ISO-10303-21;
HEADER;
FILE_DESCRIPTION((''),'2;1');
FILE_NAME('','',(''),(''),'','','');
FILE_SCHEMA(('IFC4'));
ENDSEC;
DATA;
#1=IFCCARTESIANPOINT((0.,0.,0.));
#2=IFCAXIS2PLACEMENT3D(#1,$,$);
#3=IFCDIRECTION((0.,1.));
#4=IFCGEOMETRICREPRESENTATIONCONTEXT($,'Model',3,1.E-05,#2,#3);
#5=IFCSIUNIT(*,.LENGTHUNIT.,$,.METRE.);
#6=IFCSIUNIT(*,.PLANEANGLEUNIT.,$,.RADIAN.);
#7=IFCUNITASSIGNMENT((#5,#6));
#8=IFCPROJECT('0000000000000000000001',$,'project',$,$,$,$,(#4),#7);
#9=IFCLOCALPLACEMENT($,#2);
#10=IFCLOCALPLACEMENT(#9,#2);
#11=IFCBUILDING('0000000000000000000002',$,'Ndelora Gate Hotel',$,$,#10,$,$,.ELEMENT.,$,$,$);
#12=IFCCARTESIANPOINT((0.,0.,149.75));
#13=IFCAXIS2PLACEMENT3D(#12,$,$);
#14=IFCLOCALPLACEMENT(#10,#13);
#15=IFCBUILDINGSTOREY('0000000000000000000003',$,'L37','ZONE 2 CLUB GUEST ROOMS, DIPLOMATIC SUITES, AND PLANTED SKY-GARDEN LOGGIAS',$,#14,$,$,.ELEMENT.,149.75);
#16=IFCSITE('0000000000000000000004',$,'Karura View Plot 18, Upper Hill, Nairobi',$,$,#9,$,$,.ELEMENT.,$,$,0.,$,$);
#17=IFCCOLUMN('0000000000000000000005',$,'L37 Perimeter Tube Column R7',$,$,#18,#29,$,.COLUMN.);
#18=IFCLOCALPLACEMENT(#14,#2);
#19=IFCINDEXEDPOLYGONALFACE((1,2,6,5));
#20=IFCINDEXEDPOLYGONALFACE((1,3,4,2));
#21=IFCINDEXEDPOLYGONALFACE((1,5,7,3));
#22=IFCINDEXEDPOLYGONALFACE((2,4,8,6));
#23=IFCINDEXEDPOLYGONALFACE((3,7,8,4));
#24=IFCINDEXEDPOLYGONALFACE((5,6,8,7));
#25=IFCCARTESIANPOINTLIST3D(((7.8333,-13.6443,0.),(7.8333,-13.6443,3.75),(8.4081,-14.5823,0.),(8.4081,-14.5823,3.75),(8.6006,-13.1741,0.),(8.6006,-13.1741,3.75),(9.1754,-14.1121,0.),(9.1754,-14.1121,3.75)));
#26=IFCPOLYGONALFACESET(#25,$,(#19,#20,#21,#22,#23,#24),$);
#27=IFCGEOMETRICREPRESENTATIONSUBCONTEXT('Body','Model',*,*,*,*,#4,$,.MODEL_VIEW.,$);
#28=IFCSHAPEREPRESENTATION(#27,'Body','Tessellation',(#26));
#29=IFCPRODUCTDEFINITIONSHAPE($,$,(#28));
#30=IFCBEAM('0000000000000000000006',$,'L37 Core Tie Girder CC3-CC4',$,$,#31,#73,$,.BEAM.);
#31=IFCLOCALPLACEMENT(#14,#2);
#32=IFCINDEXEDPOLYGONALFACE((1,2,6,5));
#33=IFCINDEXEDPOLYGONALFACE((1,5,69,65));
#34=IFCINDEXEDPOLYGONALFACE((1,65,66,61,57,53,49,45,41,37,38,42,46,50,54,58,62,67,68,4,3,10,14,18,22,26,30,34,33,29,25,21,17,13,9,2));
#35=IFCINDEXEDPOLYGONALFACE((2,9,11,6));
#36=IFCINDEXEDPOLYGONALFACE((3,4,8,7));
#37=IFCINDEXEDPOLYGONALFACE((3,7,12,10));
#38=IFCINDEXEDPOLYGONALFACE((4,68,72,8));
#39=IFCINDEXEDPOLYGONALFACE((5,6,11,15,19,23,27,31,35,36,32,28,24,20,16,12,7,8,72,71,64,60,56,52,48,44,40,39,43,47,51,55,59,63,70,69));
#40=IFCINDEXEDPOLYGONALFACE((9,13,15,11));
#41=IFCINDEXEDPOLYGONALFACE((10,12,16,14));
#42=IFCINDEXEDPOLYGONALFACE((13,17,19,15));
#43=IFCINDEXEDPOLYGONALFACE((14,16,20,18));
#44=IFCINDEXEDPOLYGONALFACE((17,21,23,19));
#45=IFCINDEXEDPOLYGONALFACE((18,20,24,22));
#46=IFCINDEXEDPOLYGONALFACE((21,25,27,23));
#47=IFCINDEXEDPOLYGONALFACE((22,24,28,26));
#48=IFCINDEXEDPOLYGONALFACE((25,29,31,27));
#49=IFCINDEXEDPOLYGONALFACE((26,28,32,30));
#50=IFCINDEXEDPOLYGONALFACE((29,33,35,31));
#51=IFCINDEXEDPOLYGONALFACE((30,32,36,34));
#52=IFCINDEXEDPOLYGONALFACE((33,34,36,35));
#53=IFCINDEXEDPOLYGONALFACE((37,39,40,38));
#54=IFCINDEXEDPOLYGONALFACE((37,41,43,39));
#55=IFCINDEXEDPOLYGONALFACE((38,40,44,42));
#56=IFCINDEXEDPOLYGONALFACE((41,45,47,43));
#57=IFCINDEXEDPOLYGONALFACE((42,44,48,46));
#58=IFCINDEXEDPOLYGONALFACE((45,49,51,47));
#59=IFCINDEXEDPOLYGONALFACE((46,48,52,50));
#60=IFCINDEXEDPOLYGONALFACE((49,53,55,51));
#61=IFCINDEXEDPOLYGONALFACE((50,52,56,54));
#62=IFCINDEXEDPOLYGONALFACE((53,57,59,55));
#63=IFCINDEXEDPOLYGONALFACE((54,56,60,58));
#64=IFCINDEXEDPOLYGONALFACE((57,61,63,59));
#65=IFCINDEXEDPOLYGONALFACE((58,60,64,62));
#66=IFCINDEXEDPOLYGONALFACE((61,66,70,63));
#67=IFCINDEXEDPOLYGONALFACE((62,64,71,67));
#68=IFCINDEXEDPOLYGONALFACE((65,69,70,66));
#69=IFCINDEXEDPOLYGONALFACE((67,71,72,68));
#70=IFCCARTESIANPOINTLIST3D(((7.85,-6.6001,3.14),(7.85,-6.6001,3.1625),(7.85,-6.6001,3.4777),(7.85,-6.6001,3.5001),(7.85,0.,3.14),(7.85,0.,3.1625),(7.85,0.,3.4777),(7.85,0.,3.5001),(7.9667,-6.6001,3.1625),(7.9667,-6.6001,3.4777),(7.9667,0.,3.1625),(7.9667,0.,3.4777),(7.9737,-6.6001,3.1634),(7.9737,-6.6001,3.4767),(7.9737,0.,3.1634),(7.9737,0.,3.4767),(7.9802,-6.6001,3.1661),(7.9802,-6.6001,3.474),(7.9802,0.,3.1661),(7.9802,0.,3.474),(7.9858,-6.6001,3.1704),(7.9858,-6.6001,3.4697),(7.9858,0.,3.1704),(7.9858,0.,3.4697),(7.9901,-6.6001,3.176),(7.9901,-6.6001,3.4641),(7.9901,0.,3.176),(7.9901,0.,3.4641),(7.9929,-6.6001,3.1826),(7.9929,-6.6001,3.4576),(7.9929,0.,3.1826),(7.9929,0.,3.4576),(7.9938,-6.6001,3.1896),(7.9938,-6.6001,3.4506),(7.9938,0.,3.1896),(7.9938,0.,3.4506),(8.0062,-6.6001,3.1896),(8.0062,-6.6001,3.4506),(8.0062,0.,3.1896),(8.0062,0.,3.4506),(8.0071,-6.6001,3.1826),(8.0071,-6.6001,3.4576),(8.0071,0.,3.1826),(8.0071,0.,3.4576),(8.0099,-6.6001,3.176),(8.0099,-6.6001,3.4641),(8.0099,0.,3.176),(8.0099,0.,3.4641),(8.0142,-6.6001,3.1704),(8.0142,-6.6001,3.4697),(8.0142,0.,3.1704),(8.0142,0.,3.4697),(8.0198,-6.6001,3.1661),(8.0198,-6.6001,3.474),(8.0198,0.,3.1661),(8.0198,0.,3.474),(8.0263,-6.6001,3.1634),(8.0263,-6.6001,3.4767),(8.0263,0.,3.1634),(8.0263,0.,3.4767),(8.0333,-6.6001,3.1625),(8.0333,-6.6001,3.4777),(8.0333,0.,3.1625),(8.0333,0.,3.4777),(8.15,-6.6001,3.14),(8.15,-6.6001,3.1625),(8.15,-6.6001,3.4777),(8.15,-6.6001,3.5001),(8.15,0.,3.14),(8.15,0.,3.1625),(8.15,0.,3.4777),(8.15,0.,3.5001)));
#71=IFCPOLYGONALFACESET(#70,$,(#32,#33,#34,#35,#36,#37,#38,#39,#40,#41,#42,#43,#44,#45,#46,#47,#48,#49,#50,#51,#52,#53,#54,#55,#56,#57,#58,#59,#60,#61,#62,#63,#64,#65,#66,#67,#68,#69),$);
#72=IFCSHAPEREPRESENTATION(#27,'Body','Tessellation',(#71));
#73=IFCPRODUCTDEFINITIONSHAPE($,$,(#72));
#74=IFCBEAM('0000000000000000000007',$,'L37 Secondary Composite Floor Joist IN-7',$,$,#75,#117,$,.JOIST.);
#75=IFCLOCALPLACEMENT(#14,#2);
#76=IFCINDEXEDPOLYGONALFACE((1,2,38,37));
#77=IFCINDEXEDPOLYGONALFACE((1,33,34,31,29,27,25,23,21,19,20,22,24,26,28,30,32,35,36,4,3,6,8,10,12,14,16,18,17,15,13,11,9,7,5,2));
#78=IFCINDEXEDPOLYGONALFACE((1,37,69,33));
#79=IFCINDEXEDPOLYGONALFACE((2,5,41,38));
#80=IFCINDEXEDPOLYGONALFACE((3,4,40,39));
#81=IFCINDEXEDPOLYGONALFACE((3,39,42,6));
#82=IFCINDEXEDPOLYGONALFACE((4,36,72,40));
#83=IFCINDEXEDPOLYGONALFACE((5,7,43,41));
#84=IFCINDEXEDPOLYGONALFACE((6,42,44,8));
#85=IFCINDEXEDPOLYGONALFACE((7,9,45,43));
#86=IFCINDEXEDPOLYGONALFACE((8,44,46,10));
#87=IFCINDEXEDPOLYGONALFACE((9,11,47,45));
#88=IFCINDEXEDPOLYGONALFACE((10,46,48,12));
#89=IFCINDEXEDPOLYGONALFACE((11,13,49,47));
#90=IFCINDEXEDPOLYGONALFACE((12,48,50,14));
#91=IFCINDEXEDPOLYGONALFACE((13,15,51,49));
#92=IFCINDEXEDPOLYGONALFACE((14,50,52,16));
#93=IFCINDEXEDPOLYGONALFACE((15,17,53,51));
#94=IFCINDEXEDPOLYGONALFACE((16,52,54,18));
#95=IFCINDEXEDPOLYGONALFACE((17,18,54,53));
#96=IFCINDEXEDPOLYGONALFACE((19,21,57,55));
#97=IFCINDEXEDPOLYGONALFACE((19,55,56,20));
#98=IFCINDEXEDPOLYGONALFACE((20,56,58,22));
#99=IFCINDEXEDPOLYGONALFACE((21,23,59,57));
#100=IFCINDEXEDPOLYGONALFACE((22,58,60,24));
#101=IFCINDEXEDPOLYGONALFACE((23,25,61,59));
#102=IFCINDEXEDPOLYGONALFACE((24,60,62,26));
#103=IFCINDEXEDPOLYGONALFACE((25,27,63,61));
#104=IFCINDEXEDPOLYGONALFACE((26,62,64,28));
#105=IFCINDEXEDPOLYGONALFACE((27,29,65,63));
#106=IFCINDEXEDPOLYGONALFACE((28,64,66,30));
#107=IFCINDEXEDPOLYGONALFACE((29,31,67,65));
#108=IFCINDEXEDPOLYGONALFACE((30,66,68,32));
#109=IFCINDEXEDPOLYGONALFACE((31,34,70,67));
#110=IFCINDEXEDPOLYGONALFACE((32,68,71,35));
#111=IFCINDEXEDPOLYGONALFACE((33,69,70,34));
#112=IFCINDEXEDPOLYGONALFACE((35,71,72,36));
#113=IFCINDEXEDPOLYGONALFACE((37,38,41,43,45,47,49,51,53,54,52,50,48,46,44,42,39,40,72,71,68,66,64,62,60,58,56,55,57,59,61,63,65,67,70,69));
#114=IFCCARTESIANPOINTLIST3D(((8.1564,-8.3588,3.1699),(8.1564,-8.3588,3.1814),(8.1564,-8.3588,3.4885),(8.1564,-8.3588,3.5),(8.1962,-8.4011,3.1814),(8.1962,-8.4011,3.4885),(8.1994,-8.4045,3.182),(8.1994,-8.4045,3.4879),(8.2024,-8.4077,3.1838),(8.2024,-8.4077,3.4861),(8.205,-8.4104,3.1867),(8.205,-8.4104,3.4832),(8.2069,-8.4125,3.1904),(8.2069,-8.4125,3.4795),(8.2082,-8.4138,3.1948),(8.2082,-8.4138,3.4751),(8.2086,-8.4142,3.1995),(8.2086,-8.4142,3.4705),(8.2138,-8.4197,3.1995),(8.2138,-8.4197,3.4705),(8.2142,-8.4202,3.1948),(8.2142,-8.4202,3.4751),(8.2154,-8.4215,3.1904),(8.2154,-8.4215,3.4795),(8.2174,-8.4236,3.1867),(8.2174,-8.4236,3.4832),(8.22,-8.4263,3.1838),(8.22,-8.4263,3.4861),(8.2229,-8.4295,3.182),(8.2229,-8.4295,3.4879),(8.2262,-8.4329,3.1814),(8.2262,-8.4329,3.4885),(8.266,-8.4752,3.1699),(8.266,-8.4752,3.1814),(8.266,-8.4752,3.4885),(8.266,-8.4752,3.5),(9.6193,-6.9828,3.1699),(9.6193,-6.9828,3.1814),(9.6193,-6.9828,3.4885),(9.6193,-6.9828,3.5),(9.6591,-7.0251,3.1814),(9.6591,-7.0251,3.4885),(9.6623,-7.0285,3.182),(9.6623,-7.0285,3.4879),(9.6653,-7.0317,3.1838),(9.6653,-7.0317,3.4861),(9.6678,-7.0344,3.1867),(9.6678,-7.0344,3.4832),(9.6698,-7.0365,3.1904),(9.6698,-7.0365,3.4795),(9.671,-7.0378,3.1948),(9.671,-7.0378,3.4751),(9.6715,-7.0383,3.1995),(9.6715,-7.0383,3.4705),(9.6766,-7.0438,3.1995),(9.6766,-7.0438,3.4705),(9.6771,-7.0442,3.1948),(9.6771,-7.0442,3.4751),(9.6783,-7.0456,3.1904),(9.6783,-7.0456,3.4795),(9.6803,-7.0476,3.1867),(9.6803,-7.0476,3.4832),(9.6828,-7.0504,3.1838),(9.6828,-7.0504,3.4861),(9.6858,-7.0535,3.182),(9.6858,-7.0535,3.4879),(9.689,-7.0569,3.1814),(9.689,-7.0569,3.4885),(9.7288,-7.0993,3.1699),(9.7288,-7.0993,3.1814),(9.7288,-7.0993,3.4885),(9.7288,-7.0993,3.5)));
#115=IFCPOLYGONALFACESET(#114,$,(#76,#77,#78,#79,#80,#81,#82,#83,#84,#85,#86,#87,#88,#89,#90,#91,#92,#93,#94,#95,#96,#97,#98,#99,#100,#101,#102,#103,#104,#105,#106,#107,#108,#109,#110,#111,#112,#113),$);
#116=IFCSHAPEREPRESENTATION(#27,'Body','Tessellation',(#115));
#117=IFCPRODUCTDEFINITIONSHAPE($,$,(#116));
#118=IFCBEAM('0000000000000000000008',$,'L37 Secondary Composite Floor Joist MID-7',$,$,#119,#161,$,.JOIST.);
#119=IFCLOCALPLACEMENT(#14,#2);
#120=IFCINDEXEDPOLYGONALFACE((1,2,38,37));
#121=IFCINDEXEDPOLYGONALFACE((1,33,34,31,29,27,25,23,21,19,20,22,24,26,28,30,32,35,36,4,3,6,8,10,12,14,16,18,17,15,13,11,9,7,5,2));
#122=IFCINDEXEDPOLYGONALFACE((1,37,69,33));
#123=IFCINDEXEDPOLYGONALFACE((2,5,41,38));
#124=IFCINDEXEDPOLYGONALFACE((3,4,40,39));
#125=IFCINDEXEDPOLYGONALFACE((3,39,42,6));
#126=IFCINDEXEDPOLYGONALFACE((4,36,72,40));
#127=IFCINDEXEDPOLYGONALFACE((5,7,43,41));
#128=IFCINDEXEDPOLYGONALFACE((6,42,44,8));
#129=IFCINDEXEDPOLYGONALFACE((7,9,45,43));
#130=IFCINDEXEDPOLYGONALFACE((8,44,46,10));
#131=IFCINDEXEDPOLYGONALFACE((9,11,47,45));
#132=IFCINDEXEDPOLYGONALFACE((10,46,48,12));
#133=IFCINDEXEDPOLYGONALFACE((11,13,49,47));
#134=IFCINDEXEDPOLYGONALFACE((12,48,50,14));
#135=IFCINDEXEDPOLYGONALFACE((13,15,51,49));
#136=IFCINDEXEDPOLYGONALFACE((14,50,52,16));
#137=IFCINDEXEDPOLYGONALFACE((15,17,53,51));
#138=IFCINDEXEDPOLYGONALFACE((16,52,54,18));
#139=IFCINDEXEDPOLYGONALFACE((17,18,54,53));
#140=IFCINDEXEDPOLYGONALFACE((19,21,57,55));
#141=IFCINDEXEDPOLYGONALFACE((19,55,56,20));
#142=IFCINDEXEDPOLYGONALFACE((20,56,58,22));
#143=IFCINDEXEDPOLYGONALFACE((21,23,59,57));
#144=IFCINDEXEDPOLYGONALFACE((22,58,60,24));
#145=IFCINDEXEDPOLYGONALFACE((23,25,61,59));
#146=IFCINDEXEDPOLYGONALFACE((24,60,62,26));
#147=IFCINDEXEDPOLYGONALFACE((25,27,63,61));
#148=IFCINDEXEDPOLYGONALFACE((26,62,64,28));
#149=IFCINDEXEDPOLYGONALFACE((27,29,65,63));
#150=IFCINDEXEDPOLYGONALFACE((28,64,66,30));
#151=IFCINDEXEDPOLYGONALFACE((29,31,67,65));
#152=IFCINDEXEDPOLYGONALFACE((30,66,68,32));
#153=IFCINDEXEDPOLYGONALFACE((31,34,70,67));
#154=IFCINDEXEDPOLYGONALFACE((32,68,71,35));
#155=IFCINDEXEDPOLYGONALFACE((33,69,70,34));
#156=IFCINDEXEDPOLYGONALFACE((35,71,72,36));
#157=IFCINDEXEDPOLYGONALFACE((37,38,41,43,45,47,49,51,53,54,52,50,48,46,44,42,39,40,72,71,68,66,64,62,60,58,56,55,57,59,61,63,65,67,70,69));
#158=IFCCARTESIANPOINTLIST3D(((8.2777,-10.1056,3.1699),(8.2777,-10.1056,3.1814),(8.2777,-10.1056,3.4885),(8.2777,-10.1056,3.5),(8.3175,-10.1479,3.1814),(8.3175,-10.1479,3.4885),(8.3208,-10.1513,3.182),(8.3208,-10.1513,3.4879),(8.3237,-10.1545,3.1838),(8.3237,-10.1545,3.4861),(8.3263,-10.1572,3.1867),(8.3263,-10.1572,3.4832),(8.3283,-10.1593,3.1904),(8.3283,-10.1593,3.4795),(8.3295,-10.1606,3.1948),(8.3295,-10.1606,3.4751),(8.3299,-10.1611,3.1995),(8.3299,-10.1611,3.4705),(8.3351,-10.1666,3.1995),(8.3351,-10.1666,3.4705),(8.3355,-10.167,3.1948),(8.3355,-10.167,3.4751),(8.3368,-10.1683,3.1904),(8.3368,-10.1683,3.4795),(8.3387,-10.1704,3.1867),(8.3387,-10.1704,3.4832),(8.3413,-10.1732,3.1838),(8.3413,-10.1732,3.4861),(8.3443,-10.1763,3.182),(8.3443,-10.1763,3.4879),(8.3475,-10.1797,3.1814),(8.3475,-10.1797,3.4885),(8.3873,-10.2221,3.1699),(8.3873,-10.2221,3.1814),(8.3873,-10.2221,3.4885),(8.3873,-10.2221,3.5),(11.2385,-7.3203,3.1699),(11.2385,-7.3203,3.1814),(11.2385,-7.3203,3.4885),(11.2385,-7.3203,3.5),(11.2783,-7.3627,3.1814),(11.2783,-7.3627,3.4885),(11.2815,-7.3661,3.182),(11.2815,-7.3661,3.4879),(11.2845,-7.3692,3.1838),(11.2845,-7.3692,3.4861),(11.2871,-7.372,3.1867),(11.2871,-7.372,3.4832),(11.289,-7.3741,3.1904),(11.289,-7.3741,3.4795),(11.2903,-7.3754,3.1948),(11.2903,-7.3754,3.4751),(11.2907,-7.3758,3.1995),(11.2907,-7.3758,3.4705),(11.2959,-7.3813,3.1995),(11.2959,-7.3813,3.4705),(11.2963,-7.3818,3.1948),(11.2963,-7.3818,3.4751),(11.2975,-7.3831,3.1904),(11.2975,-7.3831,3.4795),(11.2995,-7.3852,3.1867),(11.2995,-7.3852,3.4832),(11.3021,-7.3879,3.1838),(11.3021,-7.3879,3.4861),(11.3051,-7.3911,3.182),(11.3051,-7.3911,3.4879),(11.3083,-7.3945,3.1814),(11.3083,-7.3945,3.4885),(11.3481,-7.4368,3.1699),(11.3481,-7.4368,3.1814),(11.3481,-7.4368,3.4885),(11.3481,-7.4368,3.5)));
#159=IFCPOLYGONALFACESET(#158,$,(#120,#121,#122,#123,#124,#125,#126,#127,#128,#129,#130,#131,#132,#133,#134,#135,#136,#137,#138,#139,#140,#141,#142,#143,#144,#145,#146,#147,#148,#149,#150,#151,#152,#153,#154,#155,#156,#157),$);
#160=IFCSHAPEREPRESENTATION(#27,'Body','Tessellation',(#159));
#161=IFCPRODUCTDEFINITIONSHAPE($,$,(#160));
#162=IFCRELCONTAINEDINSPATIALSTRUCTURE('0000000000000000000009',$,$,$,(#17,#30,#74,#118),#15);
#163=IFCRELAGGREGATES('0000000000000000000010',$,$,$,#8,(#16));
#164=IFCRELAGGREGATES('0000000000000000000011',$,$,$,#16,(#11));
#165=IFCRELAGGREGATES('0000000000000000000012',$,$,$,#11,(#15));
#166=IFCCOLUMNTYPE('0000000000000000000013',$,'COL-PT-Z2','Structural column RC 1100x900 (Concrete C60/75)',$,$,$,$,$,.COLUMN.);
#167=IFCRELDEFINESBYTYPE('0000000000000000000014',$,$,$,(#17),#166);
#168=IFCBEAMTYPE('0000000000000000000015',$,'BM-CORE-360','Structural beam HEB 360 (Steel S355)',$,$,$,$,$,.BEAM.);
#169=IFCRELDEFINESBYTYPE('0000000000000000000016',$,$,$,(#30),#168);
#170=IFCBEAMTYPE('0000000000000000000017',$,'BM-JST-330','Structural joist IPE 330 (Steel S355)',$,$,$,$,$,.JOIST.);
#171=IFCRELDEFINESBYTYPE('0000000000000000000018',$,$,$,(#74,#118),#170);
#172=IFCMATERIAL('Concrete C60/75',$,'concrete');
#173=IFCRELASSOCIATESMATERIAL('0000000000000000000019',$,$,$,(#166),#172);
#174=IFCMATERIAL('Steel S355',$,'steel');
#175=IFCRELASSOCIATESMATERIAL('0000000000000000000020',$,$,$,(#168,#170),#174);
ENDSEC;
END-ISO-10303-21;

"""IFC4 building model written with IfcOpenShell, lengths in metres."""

from ifc_helpers import new_model, si_unit, direction, frame, origin, origin_2d, place, context, subcontext, project, spatial, rectangle, i_section, extrude, material, material_profile, profile_set, type_object, element, save


model = new_model("IFC4")

# Units and contexts
model_context = context("Model", 3, precision=1e-05, world=origin(), true_north=direction((0.0, 1.0)))
body_context = subcontext(model_context, "Body", "Model", "MODEL_VIEW")
ifc_project = project(units=[si_unit("LENGTHUNIT", "METRE"), si_unit("PLANEANGLEUNIT", "RADIAN")], contexts=[model_context])

# Site, building, storey
site_placement = place(None, origin())
site = spatial("IfcSite", under=ifc_project, at=site_placement, Name="Karura View Plot 18, Upper Hill, Nairobi", CompositionType="ELEMENT", RefElevation=0.0)
building_placement = place(site_placement, origin())
building = spatial("IfcBuilding", under=site, at=building_placement, Name="Ndelora Gate Hotel", CompositionType="ELEMENT")
storey_placement = place(building_placement, frame((0.0, 0.0, 149.75)))
storey = spatial("IfcBuildingStorey", under=building, at=storey_placement, Name="L37", Description="ZONE 2 CLUB GUEST ROOMS, DIPLOMATIC SUITES, AND PLANTED SKY-GARDEN LOGGIAS", CompositionType="ELEMENT", Elevation=149.75)

# Column
ifc_material_1 = material(Name="Concrete C60/75", Category="concrete")
ifc_material_profile_1 = material_profile(ifc_material_1, rectangle(XDim=0.8999, YDim=1.1001, at=origin_2d()), Name="RC 1100x900")
ifc_profile_set_1 = profile_set([ifc_material_profile_1], Name="Concrete C60/75")
column_type = type_object("IfcColumnType", Name="COL-PT-Z2", Description="Structural column RC 1100x900 (Concrete C60/75)", PredefinedType="COLUMN", material=ifc_profile_set_1)
column_placement = place(storey_placement, frame((8.5044, -13.8782, 0.0), z_axis=(0.0, 0.0, 1.0), x_axis=(0.85264, 0.522499, 0.0)))
element("IfcColumn", 1, at=column_placement, inside=storey, type_object=column_type, Name="L37 Perimeter Tube Column R7", PredefinedType="COLUMN", context=body_context, shape_type="SweptSolid", body=[
    extrude(rectangle(XDim=0.8999, YDim=1.1001, at=origin_2d()), origin(), (0.0, 0.0, 1.0), 3.75),
])

# Beams
ifc_material_2 = material(Name="Steel S355", Category="steel")
ifc_material_profile_2 = material_profile(ifc_material_2, i_section(OverallWidth=0.3, OverallDepth=0.3601, WebThickness=0.0125, FlangeThickness=0.0225, FilletRadius=0.0271, at=origin_2d()), Name="HEB 360")
ifc_profile_set_2 = profile_set([ifc_material_profile_2], Name="Steel S355")
beam_type_1 = type_object("IfcBeamType", Name="BM-CORE-360", Description="Structural beam HEB 360 (Steel S355)", PredefinedType="BEAM", material=ifc_profile_set_2)
beam_1_placement = place(storey_placement, frame((8.0, -6.6001, 3.3201), z_axis=(0.0, 1.0, 0.0), x_axis=(-1.0, 0.0, 0.0)))
element("IfcBeam", 2, at=beam_1_placement, inside=storey, type_object=beam_type_1, Name="L37 Core Tie Girder CC3-CC4", PredefinedType="BEAM", context=body_context, shape_type="SweptSolid", body=[
    extrude(i_section(OverallWidth=0.3, OverallDepth=0.3601, WebThickness=0.0125, FlangeThickness=0.0225, FilletRadius=0.0271, at=origin_2d()), origin(), (0.0, 0.0, 1.0), 6.6001),
])
ifc_material_profile_3 = material_profile(ifc_material_2, i_section(OverallWidth=0.1599, OverallDepth=0.3301, WebThickness=0.0076, FlangeThickness=0.0115, FilletRadius=0.0181, at=origin_2d()), Name="IPE 330")
ifc_profile_set_3 = profile_set([ifc_material_profile_3], Name="Steel S355")
beam_type_2 = type_object("IfcBeamType", Name="BM-JST-330", Description="Structural joist IPE 330 (Steel S355)", PredefinedType="JOIST", material=ifc_profile_set_3)
beam_2_placement = place(storey_placement, frame((8.2112, -8.417, 3.335), z_axis=(0.728414, 0.685137, 0.0), x_axis=(-0.685137, 0.728414, 0.0)))
element("IfcBeam", 3, at=beam_2_placement, inside=storey, type_object=beam_type_2, Name="L37 Secondary Composite Floor Joist IN-7", PredefinedType="JOIST", context=body_context, shape_type="SweptSolid", body=[
    extrude(i_section(OverallWidth=0.1599, OverallDepth=0.3301, WebThickness=0.0076, FlangeThickness=0.0115, FilletRadius=0.0181, at=origin_2d()), origin(), (0.0, 0.0, 1.0), 2.0083),
])
beam_3_placement = place(storey_placement, frame((8.3325, -10.1638, 3.335), z_axis=(0.728369, 0.685185, 0.0), x_axis=(-0.685185, 0.728369, 0.0)))
element("IfcBeam", 4, at=beam_3_placement, inside=storey, type_object=beam_type_2, Name="L37 Secondary Composite Floor Joist MID-7", PredefinedType="JOIST", context=body_context, shape_type="SweptSolid", body=[
    extrude(i_section(OverallWidth=0.1599, OverallDepth=0.3301, WebThickness=0.0076, FlangeThickness=0.0115, FilletRadius=0.0181, at=origin_2d()), origin(), (0.0, 0.0, 1.0), 4.0649),
])

save(model, "model.ifc")
